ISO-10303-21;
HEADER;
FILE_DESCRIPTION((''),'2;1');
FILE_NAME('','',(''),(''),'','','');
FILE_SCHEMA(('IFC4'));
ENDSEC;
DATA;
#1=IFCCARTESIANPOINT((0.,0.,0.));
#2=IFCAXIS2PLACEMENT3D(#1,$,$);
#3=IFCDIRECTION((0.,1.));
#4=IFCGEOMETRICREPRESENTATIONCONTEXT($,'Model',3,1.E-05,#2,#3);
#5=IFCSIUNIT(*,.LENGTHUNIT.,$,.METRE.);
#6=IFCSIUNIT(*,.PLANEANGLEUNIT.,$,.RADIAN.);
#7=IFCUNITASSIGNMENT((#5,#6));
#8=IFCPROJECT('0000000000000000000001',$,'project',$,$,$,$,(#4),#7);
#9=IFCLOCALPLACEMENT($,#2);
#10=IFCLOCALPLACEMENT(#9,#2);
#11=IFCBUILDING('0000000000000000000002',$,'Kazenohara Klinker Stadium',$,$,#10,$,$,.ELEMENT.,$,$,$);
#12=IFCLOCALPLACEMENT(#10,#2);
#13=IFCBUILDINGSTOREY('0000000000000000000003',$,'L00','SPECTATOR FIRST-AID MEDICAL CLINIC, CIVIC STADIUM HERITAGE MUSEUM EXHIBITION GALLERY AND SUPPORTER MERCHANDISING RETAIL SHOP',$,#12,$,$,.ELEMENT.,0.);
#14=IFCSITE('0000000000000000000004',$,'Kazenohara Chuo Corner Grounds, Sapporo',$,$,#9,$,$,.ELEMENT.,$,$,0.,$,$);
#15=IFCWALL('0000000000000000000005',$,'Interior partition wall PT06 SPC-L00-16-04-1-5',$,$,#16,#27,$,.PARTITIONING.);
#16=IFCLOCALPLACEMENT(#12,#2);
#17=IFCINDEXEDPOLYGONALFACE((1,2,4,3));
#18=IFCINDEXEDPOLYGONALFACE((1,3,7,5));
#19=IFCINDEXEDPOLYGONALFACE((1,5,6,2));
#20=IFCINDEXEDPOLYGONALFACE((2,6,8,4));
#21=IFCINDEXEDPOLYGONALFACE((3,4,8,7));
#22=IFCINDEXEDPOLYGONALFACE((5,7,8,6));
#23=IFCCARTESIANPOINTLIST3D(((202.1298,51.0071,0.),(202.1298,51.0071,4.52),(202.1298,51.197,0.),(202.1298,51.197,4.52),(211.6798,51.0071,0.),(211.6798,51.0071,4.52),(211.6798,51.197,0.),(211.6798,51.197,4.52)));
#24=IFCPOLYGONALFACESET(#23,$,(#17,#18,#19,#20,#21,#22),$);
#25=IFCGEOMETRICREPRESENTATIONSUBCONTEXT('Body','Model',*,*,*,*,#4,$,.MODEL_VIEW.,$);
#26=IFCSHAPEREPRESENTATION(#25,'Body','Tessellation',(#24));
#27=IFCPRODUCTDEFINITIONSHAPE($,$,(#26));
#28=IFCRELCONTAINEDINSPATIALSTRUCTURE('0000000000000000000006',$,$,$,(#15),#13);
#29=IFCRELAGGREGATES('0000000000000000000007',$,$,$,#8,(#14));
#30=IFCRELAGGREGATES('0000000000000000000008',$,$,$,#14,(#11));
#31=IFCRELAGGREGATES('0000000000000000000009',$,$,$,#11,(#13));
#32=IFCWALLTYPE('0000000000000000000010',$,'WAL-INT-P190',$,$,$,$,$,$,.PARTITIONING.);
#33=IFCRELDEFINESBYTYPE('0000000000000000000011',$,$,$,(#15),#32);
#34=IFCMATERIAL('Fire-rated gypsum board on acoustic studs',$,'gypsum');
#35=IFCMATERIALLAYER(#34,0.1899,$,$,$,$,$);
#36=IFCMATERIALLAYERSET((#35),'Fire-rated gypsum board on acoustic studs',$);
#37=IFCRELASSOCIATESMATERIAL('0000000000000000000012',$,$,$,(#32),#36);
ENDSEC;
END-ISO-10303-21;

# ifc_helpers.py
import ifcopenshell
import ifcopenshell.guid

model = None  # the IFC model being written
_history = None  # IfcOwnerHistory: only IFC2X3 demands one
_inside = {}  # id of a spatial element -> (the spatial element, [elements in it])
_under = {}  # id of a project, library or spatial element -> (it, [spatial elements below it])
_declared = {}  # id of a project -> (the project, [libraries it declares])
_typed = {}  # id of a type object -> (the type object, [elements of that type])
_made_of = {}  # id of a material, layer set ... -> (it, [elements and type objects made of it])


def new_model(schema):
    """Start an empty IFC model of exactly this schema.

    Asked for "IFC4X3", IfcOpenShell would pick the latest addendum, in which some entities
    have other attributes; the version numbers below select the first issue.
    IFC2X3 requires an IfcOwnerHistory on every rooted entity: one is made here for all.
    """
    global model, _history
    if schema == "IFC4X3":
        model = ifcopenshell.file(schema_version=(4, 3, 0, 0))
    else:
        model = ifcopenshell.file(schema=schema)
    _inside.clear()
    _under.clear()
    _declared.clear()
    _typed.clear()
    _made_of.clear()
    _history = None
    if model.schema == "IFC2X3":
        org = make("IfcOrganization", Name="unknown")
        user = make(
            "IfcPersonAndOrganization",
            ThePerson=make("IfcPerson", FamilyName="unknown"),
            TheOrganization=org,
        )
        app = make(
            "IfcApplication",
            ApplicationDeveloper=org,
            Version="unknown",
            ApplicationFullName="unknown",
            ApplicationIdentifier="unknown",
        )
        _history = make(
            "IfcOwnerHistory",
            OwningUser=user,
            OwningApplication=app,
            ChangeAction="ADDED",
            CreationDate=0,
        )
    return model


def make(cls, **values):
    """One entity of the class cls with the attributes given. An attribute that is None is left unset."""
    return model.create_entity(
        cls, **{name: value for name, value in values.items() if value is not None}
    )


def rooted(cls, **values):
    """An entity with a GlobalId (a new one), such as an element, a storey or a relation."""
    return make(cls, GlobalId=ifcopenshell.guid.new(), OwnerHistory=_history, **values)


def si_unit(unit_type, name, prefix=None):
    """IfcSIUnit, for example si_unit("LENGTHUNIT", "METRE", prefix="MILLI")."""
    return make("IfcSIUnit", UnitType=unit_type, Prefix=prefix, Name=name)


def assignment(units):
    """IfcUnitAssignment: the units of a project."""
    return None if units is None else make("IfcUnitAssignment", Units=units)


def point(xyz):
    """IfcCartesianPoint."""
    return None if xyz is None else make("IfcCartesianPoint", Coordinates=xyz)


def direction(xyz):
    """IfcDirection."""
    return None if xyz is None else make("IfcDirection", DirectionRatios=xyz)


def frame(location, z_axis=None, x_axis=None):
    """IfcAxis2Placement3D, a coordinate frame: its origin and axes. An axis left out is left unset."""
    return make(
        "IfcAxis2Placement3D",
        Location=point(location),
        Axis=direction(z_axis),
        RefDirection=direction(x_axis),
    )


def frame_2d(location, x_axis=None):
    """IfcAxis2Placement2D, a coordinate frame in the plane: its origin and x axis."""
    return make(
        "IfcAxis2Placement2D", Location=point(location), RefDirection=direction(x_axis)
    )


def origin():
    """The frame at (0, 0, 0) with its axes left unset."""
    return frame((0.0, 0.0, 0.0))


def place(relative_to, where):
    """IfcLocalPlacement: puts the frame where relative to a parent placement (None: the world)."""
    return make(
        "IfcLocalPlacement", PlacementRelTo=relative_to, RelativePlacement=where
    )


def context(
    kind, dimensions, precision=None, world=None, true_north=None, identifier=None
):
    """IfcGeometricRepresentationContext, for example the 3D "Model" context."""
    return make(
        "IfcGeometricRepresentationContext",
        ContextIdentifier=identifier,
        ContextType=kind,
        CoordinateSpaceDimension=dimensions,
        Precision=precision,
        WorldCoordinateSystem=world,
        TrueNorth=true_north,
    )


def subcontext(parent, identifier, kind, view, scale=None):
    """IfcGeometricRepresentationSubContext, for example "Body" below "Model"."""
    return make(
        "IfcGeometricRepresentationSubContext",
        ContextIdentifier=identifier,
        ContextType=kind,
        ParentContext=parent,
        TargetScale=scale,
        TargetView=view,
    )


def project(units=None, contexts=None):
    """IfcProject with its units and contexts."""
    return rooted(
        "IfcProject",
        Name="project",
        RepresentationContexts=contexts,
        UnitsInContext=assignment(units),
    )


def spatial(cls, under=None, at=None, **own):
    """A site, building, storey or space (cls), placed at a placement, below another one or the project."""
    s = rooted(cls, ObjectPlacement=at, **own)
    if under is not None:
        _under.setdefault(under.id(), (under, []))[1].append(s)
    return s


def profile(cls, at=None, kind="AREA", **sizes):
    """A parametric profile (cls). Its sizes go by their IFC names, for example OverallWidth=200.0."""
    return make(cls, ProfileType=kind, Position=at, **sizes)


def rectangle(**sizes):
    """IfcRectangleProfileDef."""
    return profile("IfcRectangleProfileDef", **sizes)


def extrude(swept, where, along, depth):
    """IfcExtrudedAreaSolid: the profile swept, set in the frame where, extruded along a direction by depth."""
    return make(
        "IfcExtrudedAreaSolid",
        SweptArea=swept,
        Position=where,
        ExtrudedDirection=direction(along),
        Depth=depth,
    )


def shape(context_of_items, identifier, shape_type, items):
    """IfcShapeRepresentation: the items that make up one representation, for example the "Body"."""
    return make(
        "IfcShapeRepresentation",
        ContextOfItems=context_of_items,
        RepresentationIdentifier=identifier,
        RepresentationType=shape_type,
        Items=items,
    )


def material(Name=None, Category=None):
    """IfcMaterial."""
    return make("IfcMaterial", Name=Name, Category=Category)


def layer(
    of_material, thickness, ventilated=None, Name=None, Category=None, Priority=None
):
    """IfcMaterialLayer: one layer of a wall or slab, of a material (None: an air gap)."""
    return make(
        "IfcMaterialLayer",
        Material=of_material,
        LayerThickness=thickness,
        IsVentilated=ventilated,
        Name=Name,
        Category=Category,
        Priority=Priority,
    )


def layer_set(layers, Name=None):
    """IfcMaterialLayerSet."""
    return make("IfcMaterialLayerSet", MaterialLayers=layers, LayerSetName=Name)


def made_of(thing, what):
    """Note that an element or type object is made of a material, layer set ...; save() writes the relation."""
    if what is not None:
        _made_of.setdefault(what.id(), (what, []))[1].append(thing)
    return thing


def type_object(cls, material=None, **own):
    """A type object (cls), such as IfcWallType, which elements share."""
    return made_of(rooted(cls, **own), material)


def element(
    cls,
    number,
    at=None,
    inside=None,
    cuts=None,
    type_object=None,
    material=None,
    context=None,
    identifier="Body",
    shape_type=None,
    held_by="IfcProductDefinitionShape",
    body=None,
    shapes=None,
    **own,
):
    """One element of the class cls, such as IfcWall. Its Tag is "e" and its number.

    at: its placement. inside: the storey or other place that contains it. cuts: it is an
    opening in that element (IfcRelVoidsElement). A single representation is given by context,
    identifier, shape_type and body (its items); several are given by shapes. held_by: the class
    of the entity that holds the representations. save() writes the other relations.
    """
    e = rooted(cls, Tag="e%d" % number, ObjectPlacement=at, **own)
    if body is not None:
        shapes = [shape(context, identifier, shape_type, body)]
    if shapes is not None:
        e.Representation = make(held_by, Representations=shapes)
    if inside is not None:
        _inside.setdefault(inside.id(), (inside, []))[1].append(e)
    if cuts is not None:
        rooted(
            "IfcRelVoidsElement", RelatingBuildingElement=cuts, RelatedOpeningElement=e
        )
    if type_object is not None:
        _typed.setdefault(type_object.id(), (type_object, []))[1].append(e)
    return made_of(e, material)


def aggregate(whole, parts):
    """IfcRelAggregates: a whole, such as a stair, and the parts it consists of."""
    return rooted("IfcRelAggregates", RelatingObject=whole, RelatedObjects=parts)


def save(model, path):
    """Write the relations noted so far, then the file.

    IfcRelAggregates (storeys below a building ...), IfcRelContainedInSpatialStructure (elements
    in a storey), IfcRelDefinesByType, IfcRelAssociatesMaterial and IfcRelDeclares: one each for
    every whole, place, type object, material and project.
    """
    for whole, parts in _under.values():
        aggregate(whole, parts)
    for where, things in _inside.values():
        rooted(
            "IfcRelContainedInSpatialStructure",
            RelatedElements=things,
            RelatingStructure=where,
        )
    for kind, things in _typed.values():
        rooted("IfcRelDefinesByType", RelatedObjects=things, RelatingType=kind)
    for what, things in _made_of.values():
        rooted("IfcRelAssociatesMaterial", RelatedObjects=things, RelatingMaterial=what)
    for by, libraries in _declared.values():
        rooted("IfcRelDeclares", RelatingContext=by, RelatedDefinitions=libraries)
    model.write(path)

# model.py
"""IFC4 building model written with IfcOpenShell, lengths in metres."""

from ifc_helpers import new_model, si_unit, direction, frame, frame_2d, origin, place, context, subcontext, project, spatial, rectangle, extrude, material, layer, layer_set, type_object, element, save


model = new_model("IFC4")

# Units and contexts
model_context = context("Model", 3, precision=1e-05, world=origin(), true_north=direction((0.0, 1.0)))
body_context = subcontext(model_context, "Body", "Model", "MODEL_VIEW")
ifc_project = project(units=[si_unit("LENGTHUNIT", "METRE"), si_unit("PLANEANGLEUNIT", "RADIAN")], contexts=[model_context])

# Site, building, storey
site_placement = place(None, origin())
site = spatial("IfcSite", under=ifc_project, at=site_placement, Name="Kazenohara Chuo Corner Grounds, Sapporo", CompositionType="ELEMENT", RefElevation=0.0)
building_placement = place(site_placement, origin())
building = spatial("IfcBuilding", under=site, at=building_placement, Name="Kazenohara Klinker Stadium", CompositionType="ELEMENT")
storey_placement = place(building_placement, origin())
storey = spatial("IfcBuildingStorey", under=building, at=storey_placement, Name="L00", Description="SPECTATOR FIRST-AID MEDICAL CLINIC, CIVIC STADIUM HERITAGE MUSEUM EXHIBITION GALLERY AND SUPPORTER MERCHANDISING RETAIL SHOP", CompositionType="ELEMENT", Elevation=0.0)

# Shared definitions
ifc_material_1 = material(Name="Fire-rated gypsum board on acoustic studs", Category="gypsum")

# Wall
ifc_layer_1 = layer(ifc_material_1, 0.1899)
ifc_layer_set_1 = layer_set([ifc_layer_1], Name="Fire-rated gypsum board on acoustic studs")
wall_type_1 = type_object("IfcWallType", Name="WAL-INT-P190", PredefinedType="PARTITIONING", material=ifc_layer_set_1)
wall_1_placement = place(storey_placement, frame((202.1299, 51.1021, 0.0), z_axis=(0.0, 0.0, 1.0), x_axis=(1.0, 0.0, 0.0)))
element("IfcWall", 1, at=wall_1_placement, inside=storey, type_object=wall_type_1, Name="Interior partition wall PT06 SPC-L00-16-04-1-5", PredefinedType="PARTITIONING", context=body_context, shape_type="SweptSolid", body=[
    extrude(rectangle(XDim=9.55, YDim=0.1899, at=frame_2d((4.7749, 0.0))), origin(), (0.0, 0.0, 1.0), 4.52),
])

save(model, "model.ifc")
